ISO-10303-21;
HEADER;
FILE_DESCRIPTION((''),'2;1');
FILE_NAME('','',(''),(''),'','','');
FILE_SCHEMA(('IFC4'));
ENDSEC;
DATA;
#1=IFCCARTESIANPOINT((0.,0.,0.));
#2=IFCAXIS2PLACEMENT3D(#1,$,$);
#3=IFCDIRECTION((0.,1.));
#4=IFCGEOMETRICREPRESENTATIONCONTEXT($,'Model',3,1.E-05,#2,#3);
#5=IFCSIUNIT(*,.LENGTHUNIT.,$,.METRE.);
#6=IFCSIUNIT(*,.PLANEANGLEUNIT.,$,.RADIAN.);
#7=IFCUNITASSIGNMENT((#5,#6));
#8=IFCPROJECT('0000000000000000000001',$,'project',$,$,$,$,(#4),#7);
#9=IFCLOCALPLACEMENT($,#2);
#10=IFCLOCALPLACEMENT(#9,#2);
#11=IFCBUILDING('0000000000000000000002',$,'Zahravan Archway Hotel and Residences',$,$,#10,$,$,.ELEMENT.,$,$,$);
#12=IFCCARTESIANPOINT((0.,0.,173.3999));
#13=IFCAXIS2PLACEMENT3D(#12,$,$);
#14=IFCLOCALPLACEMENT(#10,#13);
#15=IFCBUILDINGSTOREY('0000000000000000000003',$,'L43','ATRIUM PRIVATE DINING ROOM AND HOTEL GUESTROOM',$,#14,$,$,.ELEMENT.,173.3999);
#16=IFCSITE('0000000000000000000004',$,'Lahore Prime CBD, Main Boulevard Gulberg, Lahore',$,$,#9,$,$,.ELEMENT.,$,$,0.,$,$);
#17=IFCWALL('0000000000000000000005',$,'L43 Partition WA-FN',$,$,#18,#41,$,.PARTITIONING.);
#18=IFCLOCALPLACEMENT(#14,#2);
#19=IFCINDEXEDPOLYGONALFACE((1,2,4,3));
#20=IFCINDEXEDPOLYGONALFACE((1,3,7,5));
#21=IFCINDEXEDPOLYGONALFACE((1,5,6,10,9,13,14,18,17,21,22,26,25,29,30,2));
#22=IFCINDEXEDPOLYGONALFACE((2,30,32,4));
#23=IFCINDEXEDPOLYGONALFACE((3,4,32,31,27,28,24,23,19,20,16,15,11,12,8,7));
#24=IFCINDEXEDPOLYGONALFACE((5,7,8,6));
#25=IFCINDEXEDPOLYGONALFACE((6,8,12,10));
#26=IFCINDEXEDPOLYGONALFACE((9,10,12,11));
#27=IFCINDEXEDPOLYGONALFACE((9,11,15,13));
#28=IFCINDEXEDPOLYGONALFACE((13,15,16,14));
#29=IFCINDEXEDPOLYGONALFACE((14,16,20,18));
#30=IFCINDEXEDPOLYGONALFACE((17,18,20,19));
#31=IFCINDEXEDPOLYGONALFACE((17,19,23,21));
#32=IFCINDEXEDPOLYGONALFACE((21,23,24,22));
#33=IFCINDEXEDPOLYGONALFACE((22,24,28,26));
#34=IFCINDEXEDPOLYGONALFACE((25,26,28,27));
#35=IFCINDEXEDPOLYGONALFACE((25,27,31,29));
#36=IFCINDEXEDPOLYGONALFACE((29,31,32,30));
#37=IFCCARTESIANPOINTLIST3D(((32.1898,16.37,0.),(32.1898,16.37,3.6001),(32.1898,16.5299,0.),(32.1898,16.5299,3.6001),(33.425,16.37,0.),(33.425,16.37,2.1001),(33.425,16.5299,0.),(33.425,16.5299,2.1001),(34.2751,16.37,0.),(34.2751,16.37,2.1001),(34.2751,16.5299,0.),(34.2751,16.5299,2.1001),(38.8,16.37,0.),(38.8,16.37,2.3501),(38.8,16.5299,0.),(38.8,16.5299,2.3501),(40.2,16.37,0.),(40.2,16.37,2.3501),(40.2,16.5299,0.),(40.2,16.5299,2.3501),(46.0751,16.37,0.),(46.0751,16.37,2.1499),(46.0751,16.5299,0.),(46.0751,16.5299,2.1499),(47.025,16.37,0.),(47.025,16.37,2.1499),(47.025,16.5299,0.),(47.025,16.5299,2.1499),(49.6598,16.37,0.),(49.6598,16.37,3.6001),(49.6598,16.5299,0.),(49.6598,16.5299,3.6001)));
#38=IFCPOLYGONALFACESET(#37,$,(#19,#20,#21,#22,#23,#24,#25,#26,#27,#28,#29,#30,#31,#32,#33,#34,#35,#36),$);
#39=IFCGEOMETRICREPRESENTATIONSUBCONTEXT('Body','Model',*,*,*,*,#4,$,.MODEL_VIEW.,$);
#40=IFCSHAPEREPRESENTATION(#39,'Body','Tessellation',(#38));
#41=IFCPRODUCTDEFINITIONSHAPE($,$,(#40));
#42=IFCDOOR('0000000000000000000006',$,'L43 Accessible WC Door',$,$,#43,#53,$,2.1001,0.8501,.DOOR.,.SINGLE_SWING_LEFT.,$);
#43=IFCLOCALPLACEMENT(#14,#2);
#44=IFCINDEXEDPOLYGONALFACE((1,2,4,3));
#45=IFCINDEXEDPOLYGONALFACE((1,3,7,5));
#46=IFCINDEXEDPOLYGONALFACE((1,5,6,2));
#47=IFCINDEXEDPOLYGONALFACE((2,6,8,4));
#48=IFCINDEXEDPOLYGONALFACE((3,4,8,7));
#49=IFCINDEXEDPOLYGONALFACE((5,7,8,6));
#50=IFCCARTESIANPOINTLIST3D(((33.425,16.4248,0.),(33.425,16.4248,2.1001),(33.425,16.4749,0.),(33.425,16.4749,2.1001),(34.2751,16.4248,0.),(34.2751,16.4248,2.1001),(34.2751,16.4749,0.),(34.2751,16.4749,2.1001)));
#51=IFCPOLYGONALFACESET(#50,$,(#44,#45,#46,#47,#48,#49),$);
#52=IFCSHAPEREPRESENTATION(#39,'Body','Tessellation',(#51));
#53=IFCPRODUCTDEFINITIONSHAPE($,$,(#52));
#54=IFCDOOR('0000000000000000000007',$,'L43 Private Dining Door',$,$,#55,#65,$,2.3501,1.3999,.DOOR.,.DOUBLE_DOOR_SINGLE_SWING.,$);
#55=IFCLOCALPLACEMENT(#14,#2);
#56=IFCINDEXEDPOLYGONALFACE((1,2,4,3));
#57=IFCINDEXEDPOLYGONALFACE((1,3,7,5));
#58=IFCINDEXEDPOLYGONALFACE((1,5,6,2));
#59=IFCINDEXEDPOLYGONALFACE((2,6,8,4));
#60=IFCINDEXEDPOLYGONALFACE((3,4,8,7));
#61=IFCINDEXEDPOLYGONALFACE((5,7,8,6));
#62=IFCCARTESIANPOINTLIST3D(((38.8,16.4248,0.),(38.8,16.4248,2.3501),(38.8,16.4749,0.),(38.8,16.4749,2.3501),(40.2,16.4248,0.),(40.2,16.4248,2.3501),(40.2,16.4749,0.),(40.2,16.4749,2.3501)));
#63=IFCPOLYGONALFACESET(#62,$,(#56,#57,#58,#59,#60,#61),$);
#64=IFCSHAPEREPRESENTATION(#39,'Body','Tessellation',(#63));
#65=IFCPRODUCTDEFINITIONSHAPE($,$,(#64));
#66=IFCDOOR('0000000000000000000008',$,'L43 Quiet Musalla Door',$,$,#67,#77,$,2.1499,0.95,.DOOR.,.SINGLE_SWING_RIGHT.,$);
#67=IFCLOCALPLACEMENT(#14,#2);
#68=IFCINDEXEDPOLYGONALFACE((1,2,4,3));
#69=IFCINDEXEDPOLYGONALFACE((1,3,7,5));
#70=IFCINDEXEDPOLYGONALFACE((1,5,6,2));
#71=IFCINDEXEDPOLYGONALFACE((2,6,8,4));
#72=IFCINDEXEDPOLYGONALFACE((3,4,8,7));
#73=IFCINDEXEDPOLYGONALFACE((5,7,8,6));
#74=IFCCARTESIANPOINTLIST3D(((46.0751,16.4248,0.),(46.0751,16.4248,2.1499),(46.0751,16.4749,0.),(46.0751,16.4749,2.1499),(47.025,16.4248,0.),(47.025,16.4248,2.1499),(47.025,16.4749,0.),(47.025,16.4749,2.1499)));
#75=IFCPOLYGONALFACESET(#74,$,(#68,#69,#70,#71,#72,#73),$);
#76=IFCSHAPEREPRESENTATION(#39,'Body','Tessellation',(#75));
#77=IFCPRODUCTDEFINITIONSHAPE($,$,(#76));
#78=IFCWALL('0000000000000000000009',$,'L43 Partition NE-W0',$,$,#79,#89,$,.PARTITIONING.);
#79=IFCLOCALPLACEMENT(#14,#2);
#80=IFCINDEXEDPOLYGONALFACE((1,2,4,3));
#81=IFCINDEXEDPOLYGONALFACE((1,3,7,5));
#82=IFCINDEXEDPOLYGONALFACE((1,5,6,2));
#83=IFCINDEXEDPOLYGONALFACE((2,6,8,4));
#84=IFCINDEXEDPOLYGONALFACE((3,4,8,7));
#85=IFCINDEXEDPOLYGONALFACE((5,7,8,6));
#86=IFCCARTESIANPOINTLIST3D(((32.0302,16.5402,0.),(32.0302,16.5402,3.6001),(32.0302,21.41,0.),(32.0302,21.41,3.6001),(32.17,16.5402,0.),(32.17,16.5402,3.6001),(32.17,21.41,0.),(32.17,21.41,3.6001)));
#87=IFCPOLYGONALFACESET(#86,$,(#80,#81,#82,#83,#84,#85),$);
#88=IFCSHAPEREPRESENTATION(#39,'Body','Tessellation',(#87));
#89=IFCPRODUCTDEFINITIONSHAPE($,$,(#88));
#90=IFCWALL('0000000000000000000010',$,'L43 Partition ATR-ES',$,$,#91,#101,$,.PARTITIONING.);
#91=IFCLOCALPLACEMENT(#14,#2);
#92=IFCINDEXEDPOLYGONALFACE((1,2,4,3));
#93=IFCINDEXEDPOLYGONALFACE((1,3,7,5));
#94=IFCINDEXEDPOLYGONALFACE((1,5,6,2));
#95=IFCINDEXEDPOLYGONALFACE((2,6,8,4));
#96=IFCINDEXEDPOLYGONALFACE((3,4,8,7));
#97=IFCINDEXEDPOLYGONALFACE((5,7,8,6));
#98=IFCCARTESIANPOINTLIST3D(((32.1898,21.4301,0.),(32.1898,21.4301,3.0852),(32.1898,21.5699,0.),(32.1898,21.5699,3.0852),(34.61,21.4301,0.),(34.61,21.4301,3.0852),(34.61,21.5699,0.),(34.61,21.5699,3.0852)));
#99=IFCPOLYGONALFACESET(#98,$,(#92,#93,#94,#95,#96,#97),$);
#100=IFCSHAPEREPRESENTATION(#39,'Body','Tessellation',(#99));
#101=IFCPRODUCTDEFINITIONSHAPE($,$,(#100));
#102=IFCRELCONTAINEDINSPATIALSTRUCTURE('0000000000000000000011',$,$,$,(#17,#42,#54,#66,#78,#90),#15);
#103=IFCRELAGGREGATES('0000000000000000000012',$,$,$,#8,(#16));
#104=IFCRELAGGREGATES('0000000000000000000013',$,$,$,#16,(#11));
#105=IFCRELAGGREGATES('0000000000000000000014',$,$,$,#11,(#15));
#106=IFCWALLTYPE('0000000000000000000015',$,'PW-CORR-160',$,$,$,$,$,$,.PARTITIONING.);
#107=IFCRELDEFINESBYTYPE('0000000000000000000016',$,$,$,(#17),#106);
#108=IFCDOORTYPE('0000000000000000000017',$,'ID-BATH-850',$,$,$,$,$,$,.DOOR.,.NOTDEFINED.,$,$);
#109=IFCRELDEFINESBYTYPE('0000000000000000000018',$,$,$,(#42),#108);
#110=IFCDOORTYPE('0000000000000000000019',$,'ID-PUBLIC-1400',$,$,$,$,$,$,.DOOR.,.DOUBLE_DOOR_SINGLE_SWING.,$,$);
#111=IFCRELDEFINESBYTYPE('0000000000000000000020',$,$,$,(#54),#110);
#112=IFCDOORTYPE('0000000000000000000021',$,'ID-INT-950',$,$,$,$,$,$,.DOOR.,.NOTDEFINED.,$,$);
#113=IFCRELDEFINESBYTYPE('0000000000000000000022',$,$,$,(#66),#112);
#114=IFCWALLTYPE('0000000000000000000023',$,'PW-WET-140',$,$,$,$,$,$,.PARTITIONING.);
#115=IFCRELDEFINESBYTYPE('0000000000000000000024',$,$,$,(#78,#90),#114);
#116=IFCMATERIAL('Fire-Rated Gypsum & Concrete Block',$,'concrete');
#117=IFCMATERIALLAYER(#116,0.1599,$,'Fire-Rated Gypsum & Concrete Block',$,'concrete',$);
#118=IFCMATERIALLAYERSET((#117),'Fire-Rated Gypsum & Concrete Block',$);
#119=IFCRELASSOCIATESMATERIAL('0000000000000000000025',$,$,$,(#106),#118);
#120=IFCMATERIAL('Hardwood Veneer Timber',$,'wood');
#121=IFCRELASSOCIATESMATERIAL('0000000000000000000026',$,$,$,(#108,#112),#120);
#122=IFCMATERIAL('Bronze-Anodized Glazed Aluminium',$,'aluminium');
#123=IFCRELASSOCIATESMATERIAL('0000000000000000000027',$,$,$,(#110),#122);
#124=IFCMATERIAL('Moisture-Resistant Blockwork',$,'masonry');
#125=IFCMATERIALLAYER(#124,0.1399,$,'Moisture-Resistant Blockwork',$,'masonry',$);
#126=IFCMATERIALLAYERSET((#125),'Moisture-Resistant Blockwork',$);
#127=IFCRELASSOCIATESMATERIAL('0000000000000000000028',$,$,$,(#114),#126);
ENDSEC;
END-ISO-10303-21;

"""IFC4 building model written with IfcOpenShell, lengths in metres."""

from ifc_helpers import new_model, si_unit, direction, frame, frame_2d, origin, place, context, subcontext, project, spatial, rectangle, extrude, source, transform, mapped, material, layer, layer_set, type_object, type_shapes, element, fill, save


model = new_model("IFC4")

# Units and contexts
model_context = context("Model", 3, precision=1e-05, world=origin(), true_north=direction((0.0, 1.0)))
body_context = subcontext(model_context, "Body", "Model", "MODEL_VIEW")
ifc_project = project(units=[si_unit("LENGTHUNIT", "METRE"), si_unit("PLANEANGLEUNIT", "RADIAN")], contexts=[model_context])

# Site, building, storey
site_placement = place(None, origin())
site = spatial("IfcSite", under=ifc_project, at=site_placement, Name="Lahore Prime CBD, Main Boulevard Gulberg, Lahore", CompositionType="ELEMENT", RefElevation=0.0)
building_placement = place(site_placement, origin())
building = spatial("IfcBuilding", under=site, at=building_placement, Name="Zahravan Archway Hotel and Residences", CompositionType="ELEMENT")
storey_placement = place(building_placement, frame((0.0, 0.0, 173.3999)))
storey = spatial("IfcBuildingStorey", under=building, at=storey_placement, Name="L43", Description="ATRIUM PRIVATE DINING ROOM AND HOTEL GUESTROOM", CompositionType="ELEMENT", Elevation=173.3999)

# Wall, openings, doors
ifc_material_1 = material(Name="Fire-Rated Gypsum & Concrete Block", Category="concrete")
ifc_layer_1 = layer(ifc_material_1, 0.1599, Name="Fire-Rated Gypsum & Concrete Block", Category="concrete")
ifc_layer_set_1 = layer_set([ifc_layer_1], Name="Fire-Rated Gypsum & Concrete Block")
wall_type_1 = type_object("IfcWallType", Name="PW-CORR-160", PredefinedType="PARTITIONING", material=ifc_layer_set_1)
wall_1_placement = place(storey_placement, frame((32.1899, 16.45, 0.0), z_axis=(0.0, 0.0, 1.0), x_axis=(1.0, 0.0, 0.0)))
wall_1 = element("IfcWall", 1, at=wall_1_placement, inside=storey, type_object=wall_type_1, Name="L43 Partition WA-FN", PredefinedType="PARTITIONING", context=body_context, shape_type="SweptSolid", body=[
    extrude(rectangle(XDim=17.47, YDim=0.1599, at=frame_2d((8.7349, 0.0))), origin(), (0.0, 0.0, 1.0), 3.6001),
])
opening_1_placement = place(wall_1_placement, frame((1.2351, 0.0, 0.0)))
opening_1 = element("IfcOpeningElement", 2, at=opening_1_placement, cuts=wall_1, PredefinedType="OPENING", context=body_context, shape_type="SweptSolid", body=[
    extrude(rectangle(XDim=0.8501, YDim=2.1001, at=frame_2d((0.425, 1.05))), frame((0.0, 0.0898, 0.0), z_axis=(0.0, -1.0, 0.0), x_axis=(1.0, 0.0, 0.0)), (0.0, 0.0, 1.0), 0.1799),
])
opening_2_placement = place(wall_1_placement, frame((6.6101, 0.0, 0.0)))
opening_2 = element("IfcOpeningElement", 3, at=opening_2_placement, cuts=wall_1, PredefinedType="OPENING", context=body_context, shape_type="SweptSolid", body=[
    extrude(rectangle(XDim=1.3999, YDim=2.3501, at=frame_2d((0.7, 1.175))), frame((0.0, 0.0898, 0.0), z_axis=(0.0, -1.0, 0.0), x_axis=(1.0, 0.0, 0.0)), (0.0, 0.0, 1.0), 0.1799),
])
opening_3_placement = place(wall_1_placement, frame((13.885, 0.0, 0.0)))
opening_3 = element("IfcOpeningElement", 4, at=opening_3_placement, cuts=wall_1, PredefinedType="OPENING", context=body_context, shape_type="SweptSolid", body=[
    extrude(rectangle(XDim=0.95, YDim=2.1499, at=frame_2d((0.4751, 1.075))), frame((0.0, 0.0898, 0.0), z_axis=(0.0, -1.0, 0.0), x_axis=(1.0, 0.0, 0.0)), (0.0, 0.0, 1.0), 0.1799),
])
ifc_material_2 = material(Name="Hardwood Veneer Timber", Category="wood")
door_type_1 = type_object("IfcDoorType", Name="ID-BATH-850", OperationType="NOTDEFINED", PredefinedType="DOOR", material=ifc_material_2)
shared_shape_1 = source(origin(), body_context, "Body", "SweptSolid", [
    extrude(rectangle(XDim=0.8501, YDim=2.1001, at=frame_2d((0.425, 1.05))), frame((0.0, 0.0249, 0.0), z_axis=(0.0, -1.0, 0.0), x_axis=(1.0, 0.0, 0.0)), (0.0, 0.0, 1.0), 0.05),
])
type_shapes(door_type_1, [shared_shape_1])
door_1_placement = place(opening_1_placement, origin())
door_1 = element("IfcDoor", 5, at=door_1_placement, inside=storey, type_object=door_type_1, Name="L43 Accessible WC Door", OperationType="SINGLE_SWING_LEFT", OverallHeight=2.1001, OverallWidth=0.8501, PredefinedType="DOOR", context=body_context, shape_type="MappedRepresentation", body=[
    mapped(shared_shape_1, transform((0.0, 0.0, 0.0), scale=1.0)),
])
fill(opening_1, door_1)
ifc_material_3 = material(Name="Bronze-Anodized Glazed Aluminium", Category="aluminium")
door_type_2 = type_object("IfcDoorType", Name="ID-PUBLIC-1400", OperationType="DOUBLE_DOOR_SINGLE_SWING", PredefinedType="DOOR", material=ifc_material_3)
shared_shape_2 = source(origin(), body_context, "Body", "SweptSolid", [
    extrude(rectangle(XDim=1.3999, YDim=2.3501, at=frame_2d((0.7, 1.175))), frame((0.0, 0.0249, 0.0), z_axis=(0.0, -1.0, 0.0), x_axis=(1.0, 0.0, 0.0)), (0.0, 0.0, 1.0), 0.05),
])
type_shapes(door_type_2, [shared_shape_2])
door_2_placement = place(opening_2_placement, origin())
door_2 = element("IfcDoor", 6, at=door_2_placement, inside=storey, type_object=door_type_2, Name="L43 Private Dining Door", OperationType="DOUBLE_DOOR_SINGLE_SWING", OverallHeight=2.3501, OverallWidth=1.3999, PredefinedType="DOOR", context=body_context, shape_type="MappedRepresentation", body=[
    mapped(shared_shape_2, transform((0.0, 0.0, 0.0), scale=1.0)),
])
fill(opening_2, door_2)
door_type_3 = type_object("IfcDoorType", Name="ID-INT-950", OperationType="NOTDEFINED", PredefinedType="DOOR", material=ifc_material_2)
shared_shape_3 = source(origin(), body_context, "Body", "SweptSolid", [
    extrude(rectangle(XDim=0.95, YDim=2.1499, at=frame_2d((0.4751, 1.075))), frame((0.0, 0.0249, 0.0), z_axis=(0.0, -1.0, 0.0), x_axis=(1.0, 0.0, 0.0)), (0.0, 0.0, 1.0), 0.05),
])
type_shapes(door_type_3, [shared_shape_3])
door_3_placement = place(opening_3_placement, origin())
door_3 = element("IfcDoor", 7, at=door_3_placement, inside=storey, type_object=door_type_3, Name="L43 Quiet Musalla Door", OperationType="SINGLE_SWING_RIGHT", OverallHeight=2.1499, OverallWidth=0.95, PredefinedType="DOOR", context=body_context, shape_type="MappedRepresentation", body=[
    mapped(shared_shape_3, transform((0.0, 0.0, 0.0), scale=1.0)),
])
fill(opening_3, door_3)

# Walls
ifc_material_4 = material(Name="Moisture-Resistant Blockwork", Category="masonry")
ifc_layer_2 = layer(ifc_material_4, 0.1399, Name="Moisture-Resistant Blockwork", Category="masonry")
ifc_layer_set_2 = layer_set([ifc_layer_2], Name="Moisture-Resistant Blockwork")
wall_type_2 = type_object("IfcWallType", Name="PW-WET-140", PredefinedType="PARTITIONING", material=ifc_layer_set_2)
wall_2_placement = place(storey_placement, frame((32.1001, 16.54, 0.0), z_axis=(0.0, 0.0, 1.0), x_axis=(0.0, 1.0, 0.0)))
element("IfcWall", 8, at=wall_2_placement, inside=storey, type_object=wall_type_2, Name="L43 Partition NE-W0", PredefinedType="PARTITIONING", context=body_context, shape_type="SweptSolid", body=[
    extrude(rectangle(XDim=4.8699, YDim=0.1399, at=frame_2d((2.4351, 0.0))), origin(), (0.0, 0.0, 1.0), 3.6001),
])
wall_3_placement = place(storey_placement, frame((32.1899, 21.5, 0.0), z_axis=(0.0, 0.0, 1.0), x_axis=(1.0, 0.0, 0.0)))
element("IfcWall", 9, at=wall_3_placement, inside=storey, type_object=wall_type_2, Name="L43 Partition ATR-ES", PredefinedType="PARTITIONING", context=body_context, shape_type="SweptSolid", body=[
    extrude(rectangle(XDim=2.4202, YDim=0.1399, at=frame_2d((1.21, 0.0))), origin(), (0.0, 0.0, 1.0), 3.0852),
])

save(model, "model.ifc")
